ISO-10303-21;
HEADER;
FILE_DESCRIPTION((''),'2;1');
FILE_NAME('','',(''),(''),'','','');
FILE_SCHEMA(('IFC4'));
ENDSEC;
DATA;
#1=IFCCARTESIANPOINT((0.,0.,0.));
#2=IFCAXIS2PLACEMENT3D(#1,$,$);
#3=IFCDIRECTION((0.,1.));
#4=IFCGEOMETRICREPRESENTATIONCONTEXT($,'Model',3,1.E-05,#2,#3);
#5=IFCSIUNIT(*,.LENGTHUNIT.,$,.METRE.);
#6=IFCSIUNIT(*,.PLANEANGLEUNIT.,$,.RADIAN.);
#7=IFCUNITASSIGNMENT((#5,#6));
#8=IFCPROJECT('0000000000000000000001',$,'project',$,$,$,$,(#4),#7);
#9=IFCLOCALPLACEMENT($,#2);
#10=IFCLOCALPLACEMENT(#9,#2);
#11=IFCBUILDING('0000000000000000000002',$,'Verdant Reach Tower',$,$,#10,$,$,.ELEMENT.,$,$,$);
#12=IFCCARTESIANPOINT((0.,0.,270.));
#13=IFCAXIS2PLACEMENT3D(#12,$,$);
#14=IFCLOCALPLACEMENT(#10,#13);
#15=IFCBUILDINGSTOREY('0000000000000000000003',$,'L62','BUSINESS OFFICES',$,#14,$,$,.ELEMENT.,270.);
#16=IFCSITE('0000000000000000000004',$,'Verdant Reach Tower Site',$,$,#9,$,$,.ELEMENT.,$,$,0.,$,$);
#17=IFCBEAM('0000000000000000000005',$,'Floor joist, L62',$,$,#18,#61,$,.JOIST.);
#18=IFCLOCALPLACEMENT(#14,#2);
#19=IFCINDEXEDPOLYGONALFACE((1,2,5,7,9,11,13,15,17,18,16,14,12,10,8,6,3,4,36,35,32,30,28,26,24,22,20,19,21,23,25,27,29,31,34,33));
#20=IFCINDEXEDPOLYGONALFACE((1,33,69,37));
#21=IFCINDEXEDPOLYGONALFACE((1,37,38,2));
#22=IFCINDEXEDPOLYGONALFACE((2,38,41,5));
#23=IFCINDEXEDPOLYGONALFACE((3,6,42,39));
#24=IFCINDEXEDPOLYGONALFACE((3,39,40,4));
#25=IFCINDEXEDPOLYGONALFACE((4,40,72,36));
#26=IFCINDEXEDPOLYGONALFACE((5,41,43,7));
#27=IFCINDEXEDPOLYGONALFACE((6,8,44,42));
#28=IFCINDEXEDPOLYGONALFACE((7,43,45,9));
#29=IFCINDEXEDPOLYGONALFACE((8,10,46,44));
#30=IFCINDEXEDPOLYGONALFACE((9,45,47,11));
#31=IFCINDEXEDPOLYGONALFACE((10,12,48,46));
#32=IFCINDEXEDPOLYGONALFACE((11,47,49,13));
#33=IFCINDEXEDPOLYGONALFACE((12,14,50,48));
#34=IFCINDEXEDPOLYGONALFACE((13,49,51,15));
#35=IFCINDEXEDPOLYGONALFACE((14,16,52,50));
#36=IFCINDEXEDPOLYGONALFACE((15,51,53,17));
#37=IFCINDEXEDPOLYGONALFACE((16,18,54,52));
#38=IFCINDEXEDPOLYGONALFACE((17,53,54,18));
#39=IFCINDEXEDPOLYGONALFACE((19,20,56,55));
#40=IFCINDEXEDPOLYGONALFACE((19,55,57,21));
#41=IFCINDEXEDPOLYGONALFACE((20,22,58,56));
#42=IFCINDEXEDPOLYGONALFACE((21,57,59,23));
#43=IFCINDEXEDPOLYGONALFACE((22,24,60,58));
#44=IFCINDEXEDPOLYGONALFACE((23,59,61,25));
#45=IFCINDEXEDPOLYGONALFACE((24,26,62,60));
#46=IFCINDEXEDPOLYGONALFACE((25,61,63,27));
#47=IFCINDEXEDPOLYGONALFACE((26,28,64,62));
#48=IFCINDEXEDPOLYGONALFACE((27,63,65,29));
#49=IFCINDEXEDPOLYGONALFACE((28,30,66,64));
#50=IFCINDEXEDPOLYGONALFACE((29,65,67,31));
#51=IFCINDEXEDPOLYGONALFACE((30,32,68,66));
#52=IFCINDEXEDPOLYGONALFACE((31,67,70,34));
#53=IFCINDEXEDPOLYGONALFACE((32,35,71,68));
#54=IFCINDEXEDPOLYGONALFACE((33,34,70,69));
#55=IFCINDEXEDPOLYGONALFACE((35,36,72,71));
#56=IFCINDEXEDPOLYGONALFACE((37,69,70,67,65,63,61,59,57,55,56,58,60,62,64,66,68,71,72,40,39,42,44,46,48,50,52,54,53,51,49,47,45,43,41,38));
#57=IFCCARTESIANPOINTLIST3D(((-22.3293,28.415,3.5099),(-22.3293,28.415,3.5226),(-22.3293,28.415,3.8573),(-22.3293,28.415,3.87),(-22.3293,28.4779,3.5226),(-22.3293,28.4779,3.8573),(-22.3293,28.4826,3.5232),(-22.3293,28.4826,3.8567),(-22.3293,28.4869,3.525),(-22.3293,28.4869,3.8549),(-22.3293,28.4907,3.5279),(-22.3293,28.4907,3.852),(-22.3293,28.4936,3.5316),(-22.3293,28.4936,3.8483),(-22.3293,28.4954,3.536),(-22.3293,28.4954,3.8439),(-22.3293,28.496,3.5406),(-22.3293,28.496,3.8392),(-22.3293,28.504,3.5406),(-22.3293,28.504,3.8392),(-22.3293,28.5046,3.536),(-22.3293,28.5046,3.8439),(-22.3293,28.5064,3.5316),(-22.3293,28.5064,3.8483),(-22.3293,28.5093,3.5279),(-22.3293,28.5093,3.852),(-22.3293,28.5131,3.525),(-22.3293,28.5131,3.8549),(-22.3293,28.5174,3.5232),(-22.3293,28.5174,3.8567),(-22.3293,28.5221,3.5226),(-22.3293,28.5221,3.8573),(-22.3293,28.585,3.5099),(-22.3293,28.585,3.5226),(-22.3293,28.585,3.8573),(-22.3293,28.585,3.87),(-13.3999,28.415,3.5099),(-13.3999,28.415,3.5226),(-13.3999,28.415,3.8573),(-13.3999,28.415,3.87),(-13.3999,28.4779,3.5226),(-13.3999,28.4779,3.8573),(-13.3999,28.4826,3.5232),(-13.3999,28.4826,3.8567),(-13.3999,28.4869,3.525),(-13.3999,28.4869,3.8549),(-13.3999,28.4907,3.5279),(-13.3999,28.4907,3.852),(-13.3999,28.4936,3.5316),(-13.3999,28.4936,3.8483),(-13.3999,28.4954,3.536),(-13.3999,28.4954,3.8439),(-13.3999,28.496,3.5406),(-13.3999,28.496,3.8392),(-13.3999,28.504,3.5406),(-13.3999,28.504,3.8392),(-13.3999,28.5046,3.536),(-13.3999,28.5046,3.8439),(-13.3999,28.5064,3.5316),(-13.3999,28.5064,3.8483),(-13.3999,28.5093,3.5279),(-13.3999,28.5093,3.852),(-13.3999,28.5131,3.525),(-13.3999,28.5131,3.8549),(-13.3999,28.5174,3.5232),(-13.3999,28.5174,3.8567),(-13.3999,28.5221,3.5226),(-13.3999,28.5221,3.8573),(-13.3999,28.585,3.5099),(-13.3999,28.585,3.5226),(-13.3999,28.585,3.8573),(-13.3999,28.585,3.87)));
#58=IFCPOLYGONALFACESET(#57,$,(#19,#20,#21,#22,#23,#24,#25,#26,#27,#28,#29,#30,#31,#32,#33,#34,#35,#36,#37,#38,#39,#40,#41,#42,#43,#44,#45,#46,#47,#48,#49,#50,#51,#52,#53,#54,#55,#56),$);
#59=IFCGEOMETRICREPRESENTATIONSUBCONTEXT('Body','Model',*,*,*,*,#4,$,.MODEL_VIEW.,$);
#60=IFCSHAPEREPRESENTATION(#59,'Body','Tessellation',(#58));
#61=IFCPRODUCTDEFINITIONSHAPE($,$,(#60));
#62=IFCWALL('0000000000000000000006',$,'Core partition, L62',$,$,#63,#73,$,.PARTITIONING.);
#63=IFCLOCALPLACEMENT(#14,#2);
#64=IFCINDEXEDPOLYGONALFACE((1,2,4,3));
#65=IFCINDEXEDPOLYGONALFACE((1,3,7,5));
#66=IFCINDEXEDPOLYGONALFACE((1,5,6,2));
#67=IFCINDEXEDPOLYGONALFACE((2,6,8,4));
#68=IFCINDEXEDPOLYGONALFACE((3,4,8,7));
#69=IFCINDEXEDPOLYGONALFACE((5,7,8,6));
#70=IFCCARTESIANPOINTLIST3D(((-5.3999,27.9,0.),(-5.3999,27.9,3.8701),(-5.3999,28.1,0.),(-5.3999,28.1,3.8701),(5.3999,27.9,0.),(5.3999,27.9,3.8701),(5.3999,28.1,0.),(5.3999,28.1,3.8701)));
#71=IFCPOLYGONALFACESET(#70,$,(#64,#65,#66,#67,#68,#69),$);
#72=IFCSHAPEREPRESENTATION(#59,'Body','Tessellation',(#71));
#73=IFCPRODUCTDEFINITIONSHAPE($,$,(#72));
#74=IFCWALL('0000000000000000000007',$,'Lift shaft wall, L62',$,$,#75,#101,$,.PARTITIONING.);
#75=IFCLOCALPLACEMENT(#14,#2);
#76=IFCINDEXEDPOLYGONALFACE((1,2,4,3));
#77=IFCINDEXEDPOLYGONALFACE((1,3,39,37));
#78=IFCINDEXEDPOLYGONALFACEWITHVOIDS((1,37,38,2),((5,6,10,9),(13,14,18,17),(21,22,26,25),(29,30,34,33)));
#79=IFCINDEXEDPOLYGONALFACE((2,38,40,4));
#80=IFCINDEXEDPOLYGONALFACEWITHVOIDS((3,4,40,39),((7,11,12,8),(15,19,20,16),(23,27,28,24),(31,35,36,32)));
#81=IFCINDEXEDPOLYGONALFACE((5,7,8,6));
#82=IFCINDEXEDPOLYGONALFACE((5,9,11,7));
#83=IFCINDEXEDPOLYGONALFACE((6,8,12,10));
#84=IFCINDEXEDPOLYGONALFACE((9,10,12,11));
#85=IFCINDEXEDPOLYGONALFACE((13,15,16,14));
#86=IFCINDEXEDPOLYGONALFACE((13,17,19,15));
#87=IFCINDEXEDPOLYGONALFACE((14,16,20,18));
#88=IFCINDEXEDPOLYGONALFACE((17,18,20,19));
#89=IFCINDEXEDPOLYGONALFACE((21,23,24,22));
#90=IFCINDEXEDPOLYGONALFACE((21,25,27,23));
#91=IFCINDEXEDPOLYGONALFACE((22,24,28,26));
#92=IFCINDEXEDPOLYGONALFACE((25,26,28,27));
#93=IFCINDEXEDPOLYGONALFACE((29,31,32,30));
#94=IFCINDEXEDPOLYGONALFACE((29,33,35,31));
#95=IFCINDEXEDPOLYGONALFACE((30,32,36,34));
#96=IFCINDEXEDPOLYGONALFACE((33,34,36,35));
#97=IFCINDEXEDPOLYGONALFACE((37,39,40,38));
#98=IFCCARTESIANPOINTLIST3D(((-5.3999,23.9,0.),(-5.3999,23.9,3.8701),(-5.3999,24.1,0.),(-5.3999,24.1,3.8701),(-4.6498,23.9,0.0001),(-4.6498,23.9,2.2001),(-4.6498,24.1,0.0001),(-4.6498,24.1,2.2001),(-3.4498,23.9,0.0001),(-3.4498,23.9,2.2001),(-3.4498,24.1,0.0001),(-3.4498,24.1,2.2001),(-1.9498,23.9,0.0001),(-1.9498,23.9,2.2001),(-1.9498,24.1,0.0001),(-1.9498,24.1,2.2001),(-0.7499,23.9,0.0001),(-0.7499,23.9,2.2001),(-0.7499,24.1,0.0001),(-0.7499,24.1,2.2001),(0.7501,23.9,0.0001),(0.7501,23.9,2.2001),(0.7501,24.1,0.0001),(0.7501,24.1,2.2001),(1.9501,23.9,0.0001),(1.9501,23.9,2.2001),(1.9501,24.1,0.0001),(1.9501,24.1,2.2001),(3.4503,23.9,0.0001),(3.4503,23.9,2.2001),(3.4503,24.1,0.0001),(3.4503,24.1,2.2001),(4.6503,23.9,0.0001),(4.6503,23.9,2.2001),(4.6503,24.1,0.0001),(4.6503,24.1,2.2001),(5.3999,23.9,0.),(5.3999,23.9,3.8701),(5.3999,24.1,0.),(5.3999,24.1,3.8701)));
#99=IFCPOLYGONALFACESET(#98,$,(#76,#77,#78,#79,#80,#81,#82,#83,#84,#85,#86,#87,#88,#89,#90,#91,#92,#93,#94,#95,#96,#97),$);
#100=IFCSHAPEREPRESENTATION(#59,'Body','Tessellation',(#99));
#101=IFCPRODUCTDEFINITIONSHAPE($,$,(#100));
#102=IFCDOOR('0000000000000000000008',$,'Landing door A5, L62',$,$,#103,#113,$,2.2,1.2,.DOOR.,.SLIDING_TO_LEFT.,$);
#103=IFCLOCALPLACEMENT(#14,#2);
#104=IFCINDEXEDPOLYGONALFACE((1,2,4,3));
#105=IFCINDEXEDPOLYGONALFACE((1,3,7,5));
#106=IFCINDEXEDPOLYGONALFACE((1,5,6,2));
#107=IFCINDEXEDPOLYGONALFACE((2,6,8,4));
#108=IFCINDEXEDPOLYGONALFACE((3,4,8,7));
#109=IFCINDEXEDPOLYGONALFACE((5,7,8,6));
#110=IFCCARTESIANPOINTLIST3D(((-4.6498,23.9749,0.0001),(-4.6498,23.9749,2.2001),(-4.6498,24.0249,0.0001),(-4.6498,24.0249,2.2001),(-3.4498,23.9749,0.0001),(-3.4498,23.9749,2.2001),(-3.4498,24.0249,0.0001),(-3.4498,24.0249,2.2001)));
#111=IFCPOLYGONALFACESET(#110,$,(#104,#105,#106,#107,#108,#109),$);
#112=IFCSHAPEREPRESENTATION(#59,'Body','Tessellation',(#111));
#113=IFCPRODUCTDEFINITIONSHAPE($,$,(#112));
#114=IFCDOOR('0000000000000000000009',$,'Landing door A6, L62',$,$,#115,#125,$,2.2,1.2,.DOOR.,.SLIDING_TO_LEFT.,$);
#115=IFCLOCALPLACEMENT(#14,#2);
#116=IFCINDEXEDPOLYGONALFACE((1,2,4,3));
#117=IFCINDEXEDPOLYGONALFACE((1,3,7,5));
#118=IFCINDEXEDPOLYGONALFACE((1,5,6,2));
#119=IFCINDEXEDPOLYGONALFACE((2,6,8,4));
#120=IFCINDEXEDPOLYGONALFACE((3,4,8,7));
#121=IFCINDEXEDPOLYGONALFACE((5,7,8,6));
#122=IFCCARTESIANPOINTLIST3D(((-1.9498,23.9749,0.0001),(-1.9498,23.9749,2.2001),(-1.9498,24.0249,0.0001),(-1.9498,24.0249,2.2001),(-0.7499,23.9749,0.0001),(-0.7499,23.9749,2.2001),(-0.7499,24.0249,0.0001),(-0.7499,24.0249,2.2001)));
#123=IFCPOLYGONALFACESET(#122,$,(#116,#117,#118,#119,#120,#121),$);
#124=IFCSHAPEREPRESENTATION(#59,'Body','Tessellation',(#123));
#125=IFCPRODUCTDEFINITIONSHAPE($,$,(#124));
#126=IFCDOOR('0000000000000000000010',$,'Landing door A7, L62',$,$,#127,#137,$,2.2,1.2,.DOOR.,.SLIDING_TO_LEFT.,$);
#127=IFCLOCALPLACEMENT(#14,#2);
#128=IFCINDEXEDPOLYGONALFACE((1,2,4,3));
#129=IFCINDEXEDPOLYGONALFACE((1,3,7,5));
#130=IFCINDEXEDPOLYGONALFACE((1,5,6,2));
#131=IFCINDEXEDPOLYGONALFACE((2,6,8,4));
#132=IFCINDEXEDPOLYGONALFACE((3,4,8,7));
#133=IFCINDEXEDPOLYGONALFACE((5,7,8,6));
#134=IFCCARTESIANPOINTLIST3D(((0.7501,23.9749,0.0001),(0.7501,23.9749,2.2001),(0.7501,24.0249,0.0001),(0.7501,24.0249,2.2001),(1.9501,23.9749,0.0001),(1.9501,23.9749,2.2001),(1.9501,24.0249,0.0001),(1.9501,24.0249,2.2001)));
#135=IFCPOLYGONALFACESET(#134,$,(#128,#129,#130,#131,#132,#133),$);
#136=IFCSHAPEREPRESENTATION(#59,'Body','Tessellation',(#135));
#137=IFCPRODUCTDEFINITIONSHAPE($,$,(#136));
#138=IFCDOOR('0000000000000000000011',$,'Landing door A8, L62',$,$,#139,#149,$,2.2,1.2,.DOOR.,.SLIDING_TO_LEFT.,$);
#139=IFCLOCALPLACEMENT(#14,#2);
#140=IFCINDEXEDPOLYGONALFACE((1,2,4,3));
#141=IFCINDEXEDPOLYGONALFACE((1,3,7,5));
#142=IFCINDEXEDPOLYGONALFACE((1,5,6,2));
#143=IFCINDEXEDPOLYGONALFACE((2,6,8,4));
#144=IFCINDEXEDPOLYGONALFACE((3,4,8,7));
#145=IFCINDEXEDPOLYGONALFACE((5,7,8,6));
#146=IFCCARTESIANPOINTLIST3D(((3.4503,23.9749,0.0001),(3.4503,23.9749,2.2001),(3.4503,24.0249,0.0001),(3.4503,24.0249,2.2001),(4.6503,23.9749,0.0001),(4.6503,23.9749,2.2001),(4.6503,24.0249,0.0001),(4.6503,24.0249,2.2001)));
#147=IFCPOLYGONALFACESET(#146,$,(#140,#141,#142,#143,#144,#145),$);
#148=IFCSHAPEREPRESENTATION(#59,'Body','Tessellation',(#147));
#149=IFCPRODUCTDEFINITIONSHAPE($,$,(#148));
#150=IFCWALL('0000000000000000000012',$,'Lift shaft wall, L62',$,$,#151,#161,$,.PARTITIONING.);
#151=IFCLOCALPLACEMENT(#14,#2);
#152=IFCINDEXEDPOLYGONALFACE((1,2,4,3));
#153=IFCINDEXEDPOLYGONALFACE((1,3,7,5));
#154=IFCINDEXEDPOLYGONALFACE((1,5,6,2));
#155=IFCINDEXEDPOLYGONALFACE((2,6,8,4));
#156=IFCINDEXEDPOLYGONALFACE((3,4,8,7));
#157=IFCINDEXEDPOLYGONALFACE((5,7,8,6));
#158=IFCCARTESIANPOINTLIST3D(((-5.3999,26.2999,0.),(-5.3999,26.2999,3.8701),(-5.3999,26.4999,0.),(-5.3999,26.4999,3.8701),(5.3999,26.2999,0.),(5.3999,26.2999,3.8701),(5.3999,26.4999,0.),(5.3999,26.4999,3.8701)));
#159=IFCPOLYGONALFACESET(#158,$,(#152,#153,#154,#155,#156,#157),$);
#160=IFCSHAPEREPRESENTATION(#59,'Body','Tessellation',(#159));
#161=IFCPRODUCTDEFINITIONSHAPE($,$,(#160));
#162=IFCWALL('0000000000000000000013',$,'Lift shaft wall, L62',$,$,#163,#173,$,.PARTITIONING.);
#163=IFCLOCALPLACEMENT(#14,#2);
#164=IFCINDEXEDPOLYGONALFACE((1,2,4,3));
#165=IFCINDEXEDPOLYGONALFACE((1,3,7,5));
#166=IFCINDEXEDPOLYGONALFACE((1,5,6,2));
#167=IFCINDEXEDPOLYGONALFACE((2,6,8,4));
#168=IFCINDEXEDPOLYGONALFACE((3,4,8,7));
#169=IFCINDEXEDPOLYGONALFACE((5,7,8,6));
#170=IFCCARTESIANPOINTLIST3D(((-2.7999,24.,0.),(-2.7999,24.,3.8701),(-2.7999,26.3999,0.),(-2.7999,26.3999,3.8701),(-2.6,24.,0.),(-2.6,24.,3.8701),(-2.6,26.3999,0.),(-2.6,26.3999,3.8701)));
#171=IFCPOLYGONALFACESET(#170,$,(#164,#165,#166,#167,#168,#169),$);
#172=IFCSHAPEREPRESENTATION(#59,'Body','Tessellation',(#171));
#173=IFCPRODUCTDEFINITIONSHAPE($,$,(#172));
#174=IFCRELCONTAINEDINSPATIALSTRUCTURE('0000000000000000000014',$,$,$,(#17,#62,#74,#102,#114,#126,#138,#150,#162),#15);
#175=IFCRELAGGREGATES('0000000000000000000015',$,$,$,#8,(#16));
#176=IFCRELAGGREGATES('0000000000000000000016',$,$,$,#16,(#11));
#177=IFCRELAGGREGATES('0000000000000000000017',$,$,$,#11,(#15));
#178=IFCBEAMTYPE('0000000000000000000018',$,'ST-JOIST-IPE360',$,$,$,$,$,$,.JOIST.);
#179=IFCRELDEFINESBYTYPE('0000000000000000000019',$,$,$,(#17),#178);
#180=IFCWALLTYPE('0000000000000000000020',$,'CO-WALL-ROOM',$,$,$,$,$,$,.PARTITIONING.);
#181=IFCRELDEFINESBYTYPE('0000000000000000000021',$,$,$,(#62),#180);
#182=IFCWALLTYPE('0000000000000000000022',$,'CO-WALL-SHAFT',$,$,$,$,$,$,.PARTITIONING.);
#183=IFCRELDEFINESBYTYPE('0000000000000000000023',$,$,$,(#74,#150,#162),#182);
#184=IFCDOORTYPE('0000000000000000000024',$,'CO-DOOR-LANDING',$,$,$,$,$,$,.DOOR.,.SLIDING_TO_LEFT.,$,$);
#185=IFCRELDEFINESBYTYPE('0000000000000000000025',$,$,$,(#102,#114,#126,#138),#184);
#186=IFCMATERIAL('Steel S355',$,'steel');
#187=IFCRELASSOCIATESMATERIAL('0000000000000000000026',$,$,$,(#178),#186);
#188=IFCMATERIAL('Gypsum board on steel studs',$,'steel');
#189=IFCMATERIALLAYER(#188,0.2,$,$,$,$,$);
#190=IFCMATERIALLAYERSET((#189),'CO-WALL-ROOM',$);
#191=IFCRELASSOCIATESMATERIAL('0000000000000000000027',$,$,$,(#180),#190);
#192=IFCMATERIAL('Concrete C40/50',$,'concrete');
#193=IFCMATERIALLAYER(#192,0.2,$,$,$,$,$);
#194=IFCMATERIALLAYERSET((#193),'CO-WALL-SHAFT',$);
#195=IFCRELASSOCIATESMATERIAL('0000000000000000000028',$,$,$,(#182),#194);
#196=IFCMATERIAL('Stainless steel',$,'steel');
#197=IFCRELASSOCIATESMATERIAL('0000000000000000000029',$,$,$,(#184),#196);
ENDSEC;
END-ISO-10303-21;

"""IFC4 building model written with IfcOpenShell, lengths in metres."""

from ifc_helpers import new_model, si_unit, direction, frame, frame_2d, origin, origin_2d, place, context, subcontext, project, spatial, rectangle, i_section, extrude, material, layer, layer_set, material_profile, profile_set, type_object, element, fill, save


model = new_model("IFC4")

# Units and contexts
model_context = context("Model", 3, precision=1e-05, world=origin(), true_north=direction((0.0, 1.0)))
body_context = subcontext(model_context, "Body", "Model", "MODEL_VIEW")
ifc_project = project(units=[si_unit("LENGTHUNIT", "METRE"), si_unit("PLANEANGLEUNIT", "RADIAN")], contexts=[model_context])

# Site, building, storey
site_placement = place(None, origin())
site = spatial("IfcSite", under=ifc_project, at=site_placement, Name="Verdant Reach Tower Site", CompositionType="ELEMENT", RefElevation=0.0)
building_placement = place(site_placement, origin())
building = spatial("IfcBuilding", under=site, at=building_placement, Name="Verdant Reach Tower", CompositionType="ELEMENT")
storey_placement = place(building_placement, frame((0.0, 0.0, 270.0)))
storey = spatial("IfcBuildingStorey", under=building, at=storey_placement, Name="L62", Description="BUSINESS OFFICES", CompositionType="ELEMENT", Elevation=270.0)

# Beam
ifc_material_1 = material(Name="Steel S355", Category="steel")
ifc_material_profile = material_profile(ifc_material_1, i_section(OverallWidth=0.1699, OverallDepth=0.3601, WebThickness=0.0081, FlangeThickness=0.0127, FilletRadius=0.0181, at=origin_2d()), Name="IPE 360")
ifc_profile_set = profile_set([ifc_material_profile], Name="Steel S355")
beam_type = type_object("IfcBeamType", Name="ST-JOIST-IPE360", PredefinedType="JOIST", material=ifc_profile_set)
beam_placement = place(storey_placement, frame((-13.3999, 28.5, 3.6899), z_axis=(-1.0, 0.0, 0.0), x_axis=(0.0, -1.0, 0.0)))
element("IfcBeam", 1, at=beam_placement, inside=storey, type_object=beam_type, Name="Floor joist, L62", PredefinedType="JOIST", context=body_context, shape_type="SweptSolid", body=[
    extrude(i_section(OverallWidth=0.1699, OverallDepth=0.3601, WebThickness=0.0081, FlangeThickness=0.0127, FilletRadius=0.0181, at=origin_2d()), origin(), (0.0, 0.0, 1.0), 8.9294),
])

# Wall
ifc_material_2 = material(Name="Gypsum board on steel studs", Category="steel")
ifc_layer_1 = layer(ifc_material_2, 0.2)
ifc_layer_set_1 = layer_set([ifc_layer_1], Name="CO-WALL-ROOM")
wall_type_1 = type_object("IfcWallType", Name="CO-WALL-ROOM", PredefinedType="PARTITIONING", material=ifc_layer_set_1)
wall_1_placement = place(storey_placement, frame((-5.3999, 28.0, 0.0), z_axis=(0.0, 0.0, 1.0), x_axis=(1.0, 0.0, 0.0)))
element("IfcWall", 2, at=wall_1_placement, inside=storey, type_object=wall_type_1, Name="Core partition, L62", PredefinedType="PARTITIONING", context=body_context, shape_type="SweptSolid", body=[
    extrude(rectangle(XDim=10.7998, YDim=0.2, at=frame_2d((5.3999, 0.0))), origin(), (0.0, 0.0, 1.0), 3.8701),
])

# Wall, openings, doors
ifc_material_3 = material(Name="Concrete C40/50", Category="concrete")
ifc_layer_2 = layer(ifc_material_3, 0.2)
ifc_layer_set_2 = layer_set([ifc_layer_2], Name="CO-WALL-SHAFT")
wall_type_2 = type_object("IfcWallType", Name="CO-WALL-SHAFT", PredefinedType="PARTITIONING", material=ifc_layer_set_2)
wall_2_placement = place(storey_placement, frame((-5.3999, 24.0, 0.0), z_axis=(0.0, 0.0, 1.0), x_axis=(1.0, 0.0, 0.0)))
wall_2 = element("IfcWall", 3, at=wall_2_placement, inside=storey, type_object=wall_type_2, Name="Lift shaft wall, L62", PredefinedType="PARTITIONING", context=body_context, shape_type="SweptSolid", body=[
    extrude(rectangle(XDim=10.7998, YDim=0.2, at=frame_2d((5.3999, 0.0))), origin(), (0.0, 0.0, 1.0), 3.8701),
])
opening_1_placement = place(wall_2_placement, frame((0.75, 0.0, 0.0)))
opening_1 = element("IfcOpeningElement", 4, at=opening_1_placement, cuts=wall_2, PredefinedType="OPENING", context=body_context, shape_type="SweptSolid", body=[
    extrude(rectangle(XDim=1.2, YDim=2.2, at=frame_2d((0.6001, 1.1001))), frame((0.0, 0.1099, 0.0), z_axis=(0.0, -1.0, 0.0), x_axis=(1.0, 0.0, 0.0)), (0.0, 0.0, 1.0), 0.22),
])
opening_2_placement = place(wall_2_placement, frame((3.45, 0.0, 0.0)))
opening_2 = element("IfcOpeningElement", 5, at=opening_2_placement, cuts=wall_2, PredefinedType="OPENING", context=body_context, shape_type="SweptSolid", body=[
    extrude(rectangle(XDim=1.2, YDim=2.2, at=frame_2d((0.6001, 1.1001))), frame((0.0, 0.1099, 0.0), z_axis=(0.0, -1.0, 0.0), x_axis=(1.0, 0.0, 0.0)), (0.0, 0.0, 1.0), 0.22),
])
opening_3_placement = place(wall_2_placement, frame((6.1499, 0.0, 0.0)))
opening_3 = element("IfcOpeningElement", 6, at=opening_3_placement, cuts=wall_2, PredefinedType="OPENING", context=body_context, shape_type="SweptSolid", body=[
    extrude(rectangle(XDim=1.2, YDim=2.2, at=frame_2d((0.6001, 1.1001))), frame((0.0, 0.1099, 0.0), z_axis=(0.0, -1.0, 0.0), x_axis=(1.0, 0.0, 0.0)), (0.0, 0.0, 1.0), 0.22),
])
opening_4_placement = place(wall_2_placement, frame((8.8501, 0.0, 0.0)))
opening_4 = element("IfcOpeningElement", 7, at=opening_4_placement, cuts=wall_2, PredefinedType="OPENING", context=body_context, shape_type="SweptSolid", body=[
    extrude(rectangle(XDim=1.2, YDim=2.2, at=frame_2d((0.6001, 1.1001))), frame((0.0, 0.1099, 0.0), z_axis=(0.0, -1.0, 0.0), x_axis=(1.0, 0.0, 0.0)), (0.0, 0.0, 1.0), 0.22),
])
ifc_material_4 = material(Name="Stainless steel", Category="steel")
door_type_1 = type_object("IfcDoorType", Name="CO-DOOR-LANDING", OperationType="SLIDING_TO_LEFT", PredefinedType="DOOR", material=ifc_material_4)
door_1_placement = place(opening_1_placement, origin())
door_1 = element("IfcDoor", 8, at=door_1_placement, inside=storey, type_object=door_type_1, Name="Landing door A5, L62", OperationType="SLIDING_TO_LEFT", OverallHeight=2.2, OverallWidth=1.2, PredefinedType="DOOR", context=body_context, shape_type="SweptSolid", body=[
    extrude(rectangle(XDim=1.2, YDim=2.2, at=frame_2d((0.6001, 1.1001))), frame((0.0, 0.0249, 0.0), z_axis=(0.0, -1.0, 0.0), x_axis=(1.0, 0.0, 0.0)), (0.0, 0.0, 1.0), 0.05),
])
fill(opening_1, door_1)
door_2_placement = place(opening_2_placement, origin())
door_2 = element("IfcDoor", 9, at=door_2_placement, inside=storey, type_object=door_type_1, Name="Landing door A6, L62", OperationType="SLIDING_TO_LEFT", OverallHeight=2.2, OverallWidth=1.2, PredefinedType="DOOR", context=body_context, shape_type="SweptSolid", body=[
    extrude(rectangle(XDim=1.2, YDim=2.2, at=frame_2d((0.6001, 1.1001))), frame((0.0, 0.0249, 0.0), z_axis=(0.0, -1.0, 0.0), x_axis=(1.0, 0.0, 0.0)), (0.0, 0.0, 1.0), 0.05),
])
fill(opening_2, door_2)
door_3_placement = place(opening_3_placement, origin())
door_3 = element("IfcDoor", 10, at=door_3_placement, inside=storey, type_object=door_type_1, Name="Landing door A7, L62", OperationType="SLIDING_TO_LEFT", OverallHeight=2.2, OverallWidth=1.2, PredefinedType="DOOR", context=body_context, shape_type="SweptSolid", body=[
    extrude(rectangle(XDim=1.2, YDim=2.2, at=frame_2d((0.6001, 1.1001))), frame((0.0, 0.0249, 0.0), z_axis=(0.0, -1.0, 0.0), x_axis=(1.0, 0.0, 0.0)), (0.0, 0.0, 1.0), 0.05),
])
fill(opening_3, door_3)
door_4_placement = place(opening_4_placement, origin())
door_4 = element("IfcDoor", 11, at=door_4_placement, inside=storey, type_object=door_type_1, Name="Landing door A8, L62", OperationType="SLIDING_TO_LEFT", OverallHeight=2.2, OverallWidth=1.2, PredefinedType="DOOR", context=body_context, shape_type="SweptSolid", body=[
    extrude(rectangle(XDim=1.2, YDim=2.2, at=frame_2d((0.6001, 1.1001))), frame((0.0, 0.0249, 0.0), z_axis=(0.0, -1.0, 0.0), x_axis=(1.0, 0.0, 0.0)), (0.0, 0.0, 1.0), 0.05),
])
fill(opening_4, door_4)

# Walls
wall_3_placement = place(storey_placement, frame((-5.3999, 26.3999, 0.0), z_axis=(0.0, 0.0, 1.0), x_axis=(1.0, 0.0, 0.0)))
element("IfcWall", 12, at=wall_3_placement, inside=storey, type_object=wall_type_2, Name="Lift shaft wall, L62", PredefinedType="PARTITIONING", context=body_context, shape_type="SweptSolid", body=[
    extrude(rectangle(XDim=10.7998, YDim=0.2, at=frame_2d((5.3999, 0.0))), origin(), (0.0, 0.0, 1.0), 3.8701),
])
wall_4_placement = place(storey_placement, frame((-2.7, 24.0, 0.0), z_axis=(0.0, 0.0, 1.0), x_axis=(0.0, 1.0, 0.0)))
element("IfcWall", 13, at=wall_4_placement, inside=storey, type_object=wall_type_2, Name="Lift shaft wall, L62", PredefinedType="PARTITIONING", context=body_context, shape_type="SweptSolid", body=[
    extrude(rectangle(XDim=2.3999, YDim=0.2, at=frame_2d((1.2, 0.0))), origin(), (0.0, 0.0, 1.0), 3.8701),
])

save(model, "model.ifc")
